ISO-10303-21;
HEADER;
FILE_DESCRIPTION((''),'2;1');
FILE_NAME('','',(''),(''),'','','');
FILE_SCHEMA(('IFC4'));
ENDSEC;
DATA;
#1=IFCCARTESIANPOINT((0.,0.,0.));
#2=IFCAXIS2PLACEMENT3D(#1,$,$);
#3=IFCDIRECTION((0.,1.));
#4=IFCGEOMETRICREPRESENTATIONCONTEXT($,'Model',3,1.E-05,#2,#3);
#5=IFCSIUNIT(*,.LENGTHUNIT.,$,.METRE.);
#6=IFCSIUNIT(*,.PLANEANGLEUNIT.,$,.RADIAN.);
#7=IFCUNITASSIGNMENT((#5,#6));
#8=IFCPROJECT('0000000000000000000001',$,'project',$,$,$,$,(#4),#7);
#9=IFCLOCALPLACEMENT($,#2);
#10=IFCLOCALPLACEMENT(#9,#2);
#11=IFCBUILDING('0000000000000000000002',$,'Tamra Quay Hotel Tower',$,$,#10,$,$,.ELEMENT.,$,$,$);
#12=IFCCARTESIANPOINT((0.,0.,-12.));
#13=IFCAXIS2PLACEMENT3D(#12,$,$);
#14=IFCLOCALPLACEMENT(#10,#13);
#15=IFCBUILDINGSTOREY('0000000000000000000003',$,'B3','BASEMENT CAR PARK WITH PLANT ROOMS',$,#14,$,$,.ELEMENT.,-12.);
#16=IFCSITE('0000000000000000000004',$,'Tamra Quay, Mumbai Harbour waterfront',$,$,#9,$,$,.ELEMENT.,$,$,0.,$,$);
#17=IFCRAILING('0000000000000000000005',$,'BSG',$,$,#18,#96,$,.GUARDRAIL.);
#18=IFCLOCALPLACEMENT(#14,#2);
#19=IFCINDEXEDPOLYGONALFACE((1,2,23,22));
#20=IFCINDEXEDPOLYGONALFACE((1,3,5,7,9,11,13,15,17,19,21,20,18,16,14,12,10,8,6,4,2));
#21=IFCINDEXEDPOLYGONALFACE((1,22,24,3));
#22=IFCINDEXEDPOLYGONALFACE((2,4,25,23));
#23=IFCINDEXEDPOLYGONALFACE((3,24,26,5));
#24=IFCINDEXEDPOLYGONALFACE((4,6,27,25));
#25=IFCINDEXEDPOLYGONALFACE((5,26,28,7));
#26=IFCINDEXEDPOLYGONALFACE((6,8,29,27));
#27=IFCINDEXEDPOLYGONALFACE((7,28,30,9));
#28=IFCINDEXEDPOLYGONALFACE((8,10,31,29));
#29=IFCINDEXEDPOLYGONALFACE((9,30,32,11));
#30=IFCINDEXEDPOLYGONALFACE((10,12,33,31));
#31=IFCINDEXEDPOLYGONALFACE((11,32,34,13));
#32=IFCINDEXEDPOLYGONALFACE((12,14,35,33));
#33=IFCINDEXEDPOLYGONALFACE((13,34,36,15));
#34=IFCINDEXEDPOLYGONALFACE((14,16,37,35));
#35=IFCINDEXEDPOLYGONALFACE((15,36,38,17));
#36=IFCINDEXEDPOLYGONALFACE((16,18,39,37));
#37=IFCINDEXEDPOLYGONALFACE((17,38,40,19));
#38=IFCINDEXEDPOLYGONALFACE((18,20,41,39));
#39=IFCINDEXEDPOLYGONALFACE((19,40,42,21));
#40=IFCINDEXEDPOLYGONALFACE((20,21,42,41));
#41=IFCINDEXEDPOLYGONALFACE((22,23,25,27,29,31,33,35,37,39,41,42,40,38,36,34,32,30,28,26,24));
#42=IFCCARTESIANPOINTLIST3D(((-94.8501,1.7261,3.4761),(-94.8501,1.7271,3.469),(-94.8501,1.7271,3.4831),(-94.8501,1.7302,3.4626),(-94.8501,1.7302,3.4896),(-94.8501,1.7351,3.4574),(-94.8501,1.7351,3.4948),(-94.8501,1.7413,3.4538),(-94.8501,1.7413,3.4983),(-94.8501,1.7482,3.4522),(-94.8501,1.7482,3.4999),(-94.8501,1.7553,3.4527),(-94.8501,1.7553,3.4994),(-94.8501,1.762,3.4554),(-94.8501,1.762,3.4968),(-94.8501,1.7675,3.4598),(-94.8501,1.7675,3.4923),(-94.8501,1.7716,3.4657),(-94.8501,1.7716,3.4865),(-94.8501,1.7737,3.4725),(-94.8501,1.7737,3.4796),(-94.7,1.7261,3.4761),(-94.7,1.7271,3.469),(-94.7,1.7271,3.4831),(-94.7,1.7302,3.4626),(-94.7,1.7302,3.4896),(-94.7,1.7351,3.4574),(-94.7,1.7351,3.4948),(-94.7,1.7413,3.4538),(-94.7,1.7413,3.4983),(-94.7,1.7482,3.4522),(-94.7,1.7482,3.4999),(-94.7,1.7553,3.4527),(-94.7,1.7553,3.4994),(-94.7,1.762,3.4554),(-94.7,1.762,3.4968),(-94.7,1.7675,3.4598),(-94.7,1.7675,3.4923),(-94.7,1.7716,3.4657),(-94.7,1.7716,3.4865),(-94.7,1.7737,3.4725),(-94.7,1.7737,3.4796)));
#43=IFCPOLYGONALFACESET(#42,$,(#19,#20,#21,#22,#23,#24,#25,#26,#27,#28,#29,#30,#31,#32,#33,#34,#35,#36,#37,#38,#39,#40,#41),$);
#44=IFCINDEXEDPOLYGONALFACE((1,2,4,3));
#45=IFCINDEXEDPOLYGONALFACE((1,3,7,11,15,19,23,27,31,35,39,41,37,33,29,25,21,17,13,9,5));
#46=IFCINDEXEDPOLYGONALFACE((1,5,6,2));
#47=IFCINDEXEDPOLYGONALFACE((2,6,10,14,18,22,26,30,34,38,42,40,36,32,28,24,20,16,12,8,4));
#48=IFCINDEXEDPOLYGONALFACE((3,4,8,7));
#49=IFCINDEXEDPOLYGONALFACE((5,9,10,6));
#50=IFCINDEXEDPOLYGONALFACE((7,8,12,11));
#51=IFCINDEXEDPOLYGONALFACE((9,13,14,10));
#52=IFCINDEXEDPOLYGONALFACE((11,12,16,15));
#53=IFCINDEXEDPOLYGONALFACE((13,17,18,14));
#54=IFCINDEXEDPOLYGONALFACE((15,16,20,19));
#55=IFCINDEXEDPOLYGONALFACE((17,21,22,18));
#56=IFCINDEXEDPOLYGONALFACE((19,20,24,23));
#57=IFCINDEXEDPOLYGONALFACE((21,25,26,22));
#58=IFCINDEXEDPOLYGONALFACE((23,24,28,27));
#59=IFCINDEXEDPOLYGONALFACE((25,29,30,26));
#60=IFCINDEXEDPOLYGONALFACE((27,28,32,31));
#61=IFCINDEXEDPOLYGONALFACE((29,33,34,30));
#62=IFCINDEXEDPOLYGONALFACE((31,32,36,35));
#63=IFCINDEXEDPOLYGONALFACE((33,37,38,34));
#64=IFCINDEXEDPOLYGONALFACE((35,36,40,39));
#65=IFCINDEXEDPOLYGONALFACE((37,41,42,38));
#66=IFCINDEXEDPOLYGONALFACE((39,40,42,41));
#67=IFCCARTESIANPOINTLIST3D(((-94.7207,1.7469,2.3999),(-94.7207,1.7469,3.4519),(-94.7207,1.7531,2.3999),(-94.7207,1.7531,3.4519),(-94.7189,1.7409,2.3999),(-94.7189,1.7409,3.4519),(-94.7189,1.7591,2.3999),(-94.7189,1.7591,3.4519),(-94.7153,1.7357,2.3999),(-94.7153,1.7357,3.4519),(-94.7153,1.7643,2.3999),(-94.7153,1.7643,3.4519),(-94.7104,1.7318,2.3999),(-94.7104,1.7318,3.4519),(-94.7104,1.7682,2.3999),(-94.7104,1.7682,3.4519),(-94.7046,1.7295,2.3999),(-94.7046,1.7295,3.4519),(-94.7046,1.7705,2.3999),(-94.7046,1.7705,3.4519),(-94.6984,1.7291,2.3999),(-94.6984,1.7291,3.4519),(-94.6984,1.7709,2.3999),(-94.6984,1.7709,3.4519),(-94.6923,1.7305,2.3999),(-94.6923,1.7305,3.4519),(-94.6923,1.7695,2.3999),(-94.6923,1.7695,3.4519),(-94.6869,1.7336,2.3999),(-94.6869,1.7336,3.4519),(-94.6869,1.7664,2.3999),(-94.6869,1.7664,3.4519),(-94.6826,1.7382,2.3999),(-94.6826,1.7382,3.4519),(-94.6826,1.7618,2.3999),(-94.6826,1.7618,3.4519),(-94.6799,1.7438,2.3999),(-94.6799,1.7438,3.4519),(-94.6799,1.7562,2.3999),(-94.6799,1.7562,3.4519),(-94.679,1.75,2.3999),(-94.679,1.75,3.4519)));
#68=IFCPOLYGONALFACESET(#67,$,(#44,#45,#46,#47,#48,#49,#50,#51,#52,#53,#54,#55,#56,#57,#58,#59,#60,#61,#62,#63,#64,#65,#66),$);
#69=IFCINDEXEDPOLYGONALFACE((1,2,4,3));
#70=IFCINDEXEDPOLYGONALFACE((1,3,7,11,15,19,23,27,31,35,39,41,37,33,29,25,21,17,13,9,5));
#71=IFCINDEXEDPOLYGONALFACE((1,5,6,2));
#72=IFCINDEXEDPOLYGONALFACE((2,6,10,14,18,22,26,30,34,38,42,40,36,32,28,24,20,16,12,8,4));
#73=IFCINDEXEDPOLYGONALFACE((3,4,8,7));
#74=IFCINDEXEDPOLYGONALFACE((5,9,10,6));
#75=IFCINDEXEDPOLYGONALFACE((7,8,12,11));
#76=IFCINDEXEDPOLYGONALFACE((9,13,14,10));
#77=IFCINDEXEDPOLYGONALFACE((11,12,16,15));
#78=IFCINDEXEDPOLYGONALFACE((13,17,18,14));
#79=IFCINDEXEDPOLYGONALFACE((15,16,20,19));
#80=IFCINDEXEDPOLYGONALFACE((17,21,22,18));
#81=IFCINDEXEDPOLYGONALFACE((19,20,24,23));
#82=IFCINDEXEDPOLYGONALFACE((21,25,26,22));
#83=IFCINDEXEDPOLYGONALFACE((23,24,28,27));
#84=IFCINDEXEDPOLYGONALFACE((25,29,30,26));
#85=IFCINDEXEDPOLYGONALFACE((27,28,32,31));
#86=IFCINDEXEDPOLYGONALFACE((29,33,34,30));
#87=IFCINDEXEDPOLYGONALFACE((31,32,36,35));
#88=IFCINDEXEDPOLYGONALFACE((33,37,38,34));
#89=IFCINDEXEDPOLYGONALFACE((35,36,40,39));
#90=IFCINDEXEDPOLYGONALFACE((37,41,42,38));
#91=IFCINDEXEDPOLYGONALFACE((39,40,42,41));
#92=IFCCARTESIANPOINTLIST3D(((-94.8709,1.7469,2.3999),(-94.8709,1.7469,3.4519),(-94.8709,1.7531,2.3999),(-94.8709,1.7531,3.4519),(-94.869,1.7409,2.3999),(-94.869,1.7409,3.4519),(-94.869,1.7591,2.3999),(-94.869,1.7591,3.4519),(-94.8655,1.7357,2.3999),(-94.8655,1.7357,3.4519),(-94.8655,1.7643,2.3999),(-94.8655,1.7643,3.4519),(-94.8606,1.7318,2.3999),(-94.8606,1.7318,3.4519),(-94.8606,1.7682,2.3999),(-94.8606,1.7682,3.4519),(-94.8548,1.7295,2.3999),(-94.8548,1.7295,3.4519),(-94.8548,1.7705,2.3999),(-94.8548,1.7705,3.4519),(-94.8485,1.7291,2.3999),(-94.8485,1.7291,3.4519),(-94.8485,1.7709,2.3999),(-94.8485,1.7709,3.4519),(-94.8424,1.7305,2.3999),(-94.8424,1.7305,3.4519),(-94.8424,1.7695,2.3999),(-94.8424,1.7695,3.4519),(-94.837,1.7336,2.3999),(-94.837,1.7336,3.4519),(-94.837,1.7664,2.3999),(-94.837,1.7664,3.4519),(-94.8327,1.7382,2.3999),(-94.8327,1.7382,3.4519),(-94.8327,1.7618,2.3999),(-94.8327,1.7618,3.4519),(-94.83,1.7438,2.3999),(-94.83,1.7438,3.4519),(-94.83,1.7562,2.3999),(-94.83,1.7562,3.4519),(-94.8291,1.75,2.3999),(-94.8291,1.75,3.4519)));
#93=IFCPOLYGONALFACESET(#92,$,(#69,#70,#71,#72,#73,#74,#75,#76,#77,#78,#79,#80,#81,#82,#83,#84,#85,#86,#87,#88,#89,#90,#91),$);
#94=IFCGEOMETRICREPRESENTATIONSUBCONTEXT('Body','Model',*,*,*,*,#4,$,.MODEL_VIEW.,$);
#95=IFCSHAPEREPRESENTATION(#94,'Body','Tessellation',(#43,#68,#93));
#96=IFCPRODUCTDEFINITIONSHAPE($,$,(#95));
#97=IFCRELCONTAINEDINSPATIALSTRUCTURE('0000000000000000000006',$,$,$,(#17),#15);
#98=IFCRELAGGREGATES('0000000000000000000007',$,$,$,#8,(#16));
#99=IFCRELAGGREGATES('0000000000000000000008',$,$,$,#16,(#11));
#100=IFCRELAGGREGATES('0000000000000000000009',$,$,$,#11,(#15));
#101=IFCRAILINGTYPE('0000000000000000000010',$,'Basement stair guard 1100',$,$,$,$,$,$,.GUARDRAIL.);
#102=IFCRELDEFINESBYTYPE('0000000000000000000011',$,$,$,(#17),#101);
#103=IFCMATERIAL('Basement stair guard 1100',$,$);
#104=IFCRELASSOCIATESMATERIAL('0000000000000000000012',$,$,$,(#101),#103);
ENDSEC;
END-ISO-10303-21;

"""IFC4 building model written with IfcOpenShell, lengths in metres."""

from ifc_helpers import new_model, si_unit, direction, frame, origin, origin_2d, place, context, subcontext, project, spatial, circle, extrude, material, type_object, element, save


model = new_model("IFC4")

# Units and contexts
model_context = context("Model", 3, precision=1e-05, world=origin(), true_north=direction((0.0, 1.0)))
body_context = subcontext(model_context, "Body", "Model", "MODEL_VIEW")
ifc_project = project(units=[si_unit("LENGTHUNIT", "METRE"), si_unit("PLANEANGLEUNIT", "RADIAN")], contexts=[model_context])

# Site, building, storey
site_placement = place(None, origin())
site = spatial("IfcSite", under=ifc_project, at=site_placement, Name="Tamra Quay, Mumbai Harbour waterfront", CompositionType="ELEMENT", RefElevation=0.0)
building_placement = place(site_placement, origin())
building = spatial("IfcBuilding", under=site, at=building_placement, Name="Tamra Quay Hotel Tower", CompositionType="ELEMENT")
storey_placement = place(building_placement, frame((0.0, 0.0, -12.0)))
storey = spatial("IfcBuildingStorey", under=building, at=storey_placement, Name="B3", Description="BASEMENT CAR PARK WITH PLANT ROOMS", CompositionType="ELEMENT", Elevation=-12.0)

# Railing
ifc_material_1 = material(Name="Basement stair guard 1100")
railing_type_1 = type_object("IfcRailingType", Name="Basement stair guard 1100", PredefinedType="GUARDRAIL", material=ifc_material_1)
railing_1_placement = place(storey_placement, frame((-94.7, 1.75, 2.3999)))
element("IfcRailing", 1, at=railing_1_placement, inside=storey, type_object=railing_type_1, Name="BSG", PredefinedType="GUARDRAIL", context=body_context, shape_type="SweptSolid", body=[
    extrude(circle(Radius=0.0239, at=origin_2d()), frame((0.0, 0.0, 1.0762), z_axis=(-1.0, 0.0, 0.0), x_axis=(0.0, -1.0, 0.0)), (0.0, 0.0, 1.0), 0.1501),
    extrude(circle(Radius=0.021, at=origin_2d()), origin(), (0.0, 0.0, 1.0), 1.052),
    extrude(circle(Radius=0.021, at=origin_2d()), frame((-0.1501, 0.0, 0.0)), (0.0, 0.0, 1.0), 1.052),
])

save(model, "model.ifc")
